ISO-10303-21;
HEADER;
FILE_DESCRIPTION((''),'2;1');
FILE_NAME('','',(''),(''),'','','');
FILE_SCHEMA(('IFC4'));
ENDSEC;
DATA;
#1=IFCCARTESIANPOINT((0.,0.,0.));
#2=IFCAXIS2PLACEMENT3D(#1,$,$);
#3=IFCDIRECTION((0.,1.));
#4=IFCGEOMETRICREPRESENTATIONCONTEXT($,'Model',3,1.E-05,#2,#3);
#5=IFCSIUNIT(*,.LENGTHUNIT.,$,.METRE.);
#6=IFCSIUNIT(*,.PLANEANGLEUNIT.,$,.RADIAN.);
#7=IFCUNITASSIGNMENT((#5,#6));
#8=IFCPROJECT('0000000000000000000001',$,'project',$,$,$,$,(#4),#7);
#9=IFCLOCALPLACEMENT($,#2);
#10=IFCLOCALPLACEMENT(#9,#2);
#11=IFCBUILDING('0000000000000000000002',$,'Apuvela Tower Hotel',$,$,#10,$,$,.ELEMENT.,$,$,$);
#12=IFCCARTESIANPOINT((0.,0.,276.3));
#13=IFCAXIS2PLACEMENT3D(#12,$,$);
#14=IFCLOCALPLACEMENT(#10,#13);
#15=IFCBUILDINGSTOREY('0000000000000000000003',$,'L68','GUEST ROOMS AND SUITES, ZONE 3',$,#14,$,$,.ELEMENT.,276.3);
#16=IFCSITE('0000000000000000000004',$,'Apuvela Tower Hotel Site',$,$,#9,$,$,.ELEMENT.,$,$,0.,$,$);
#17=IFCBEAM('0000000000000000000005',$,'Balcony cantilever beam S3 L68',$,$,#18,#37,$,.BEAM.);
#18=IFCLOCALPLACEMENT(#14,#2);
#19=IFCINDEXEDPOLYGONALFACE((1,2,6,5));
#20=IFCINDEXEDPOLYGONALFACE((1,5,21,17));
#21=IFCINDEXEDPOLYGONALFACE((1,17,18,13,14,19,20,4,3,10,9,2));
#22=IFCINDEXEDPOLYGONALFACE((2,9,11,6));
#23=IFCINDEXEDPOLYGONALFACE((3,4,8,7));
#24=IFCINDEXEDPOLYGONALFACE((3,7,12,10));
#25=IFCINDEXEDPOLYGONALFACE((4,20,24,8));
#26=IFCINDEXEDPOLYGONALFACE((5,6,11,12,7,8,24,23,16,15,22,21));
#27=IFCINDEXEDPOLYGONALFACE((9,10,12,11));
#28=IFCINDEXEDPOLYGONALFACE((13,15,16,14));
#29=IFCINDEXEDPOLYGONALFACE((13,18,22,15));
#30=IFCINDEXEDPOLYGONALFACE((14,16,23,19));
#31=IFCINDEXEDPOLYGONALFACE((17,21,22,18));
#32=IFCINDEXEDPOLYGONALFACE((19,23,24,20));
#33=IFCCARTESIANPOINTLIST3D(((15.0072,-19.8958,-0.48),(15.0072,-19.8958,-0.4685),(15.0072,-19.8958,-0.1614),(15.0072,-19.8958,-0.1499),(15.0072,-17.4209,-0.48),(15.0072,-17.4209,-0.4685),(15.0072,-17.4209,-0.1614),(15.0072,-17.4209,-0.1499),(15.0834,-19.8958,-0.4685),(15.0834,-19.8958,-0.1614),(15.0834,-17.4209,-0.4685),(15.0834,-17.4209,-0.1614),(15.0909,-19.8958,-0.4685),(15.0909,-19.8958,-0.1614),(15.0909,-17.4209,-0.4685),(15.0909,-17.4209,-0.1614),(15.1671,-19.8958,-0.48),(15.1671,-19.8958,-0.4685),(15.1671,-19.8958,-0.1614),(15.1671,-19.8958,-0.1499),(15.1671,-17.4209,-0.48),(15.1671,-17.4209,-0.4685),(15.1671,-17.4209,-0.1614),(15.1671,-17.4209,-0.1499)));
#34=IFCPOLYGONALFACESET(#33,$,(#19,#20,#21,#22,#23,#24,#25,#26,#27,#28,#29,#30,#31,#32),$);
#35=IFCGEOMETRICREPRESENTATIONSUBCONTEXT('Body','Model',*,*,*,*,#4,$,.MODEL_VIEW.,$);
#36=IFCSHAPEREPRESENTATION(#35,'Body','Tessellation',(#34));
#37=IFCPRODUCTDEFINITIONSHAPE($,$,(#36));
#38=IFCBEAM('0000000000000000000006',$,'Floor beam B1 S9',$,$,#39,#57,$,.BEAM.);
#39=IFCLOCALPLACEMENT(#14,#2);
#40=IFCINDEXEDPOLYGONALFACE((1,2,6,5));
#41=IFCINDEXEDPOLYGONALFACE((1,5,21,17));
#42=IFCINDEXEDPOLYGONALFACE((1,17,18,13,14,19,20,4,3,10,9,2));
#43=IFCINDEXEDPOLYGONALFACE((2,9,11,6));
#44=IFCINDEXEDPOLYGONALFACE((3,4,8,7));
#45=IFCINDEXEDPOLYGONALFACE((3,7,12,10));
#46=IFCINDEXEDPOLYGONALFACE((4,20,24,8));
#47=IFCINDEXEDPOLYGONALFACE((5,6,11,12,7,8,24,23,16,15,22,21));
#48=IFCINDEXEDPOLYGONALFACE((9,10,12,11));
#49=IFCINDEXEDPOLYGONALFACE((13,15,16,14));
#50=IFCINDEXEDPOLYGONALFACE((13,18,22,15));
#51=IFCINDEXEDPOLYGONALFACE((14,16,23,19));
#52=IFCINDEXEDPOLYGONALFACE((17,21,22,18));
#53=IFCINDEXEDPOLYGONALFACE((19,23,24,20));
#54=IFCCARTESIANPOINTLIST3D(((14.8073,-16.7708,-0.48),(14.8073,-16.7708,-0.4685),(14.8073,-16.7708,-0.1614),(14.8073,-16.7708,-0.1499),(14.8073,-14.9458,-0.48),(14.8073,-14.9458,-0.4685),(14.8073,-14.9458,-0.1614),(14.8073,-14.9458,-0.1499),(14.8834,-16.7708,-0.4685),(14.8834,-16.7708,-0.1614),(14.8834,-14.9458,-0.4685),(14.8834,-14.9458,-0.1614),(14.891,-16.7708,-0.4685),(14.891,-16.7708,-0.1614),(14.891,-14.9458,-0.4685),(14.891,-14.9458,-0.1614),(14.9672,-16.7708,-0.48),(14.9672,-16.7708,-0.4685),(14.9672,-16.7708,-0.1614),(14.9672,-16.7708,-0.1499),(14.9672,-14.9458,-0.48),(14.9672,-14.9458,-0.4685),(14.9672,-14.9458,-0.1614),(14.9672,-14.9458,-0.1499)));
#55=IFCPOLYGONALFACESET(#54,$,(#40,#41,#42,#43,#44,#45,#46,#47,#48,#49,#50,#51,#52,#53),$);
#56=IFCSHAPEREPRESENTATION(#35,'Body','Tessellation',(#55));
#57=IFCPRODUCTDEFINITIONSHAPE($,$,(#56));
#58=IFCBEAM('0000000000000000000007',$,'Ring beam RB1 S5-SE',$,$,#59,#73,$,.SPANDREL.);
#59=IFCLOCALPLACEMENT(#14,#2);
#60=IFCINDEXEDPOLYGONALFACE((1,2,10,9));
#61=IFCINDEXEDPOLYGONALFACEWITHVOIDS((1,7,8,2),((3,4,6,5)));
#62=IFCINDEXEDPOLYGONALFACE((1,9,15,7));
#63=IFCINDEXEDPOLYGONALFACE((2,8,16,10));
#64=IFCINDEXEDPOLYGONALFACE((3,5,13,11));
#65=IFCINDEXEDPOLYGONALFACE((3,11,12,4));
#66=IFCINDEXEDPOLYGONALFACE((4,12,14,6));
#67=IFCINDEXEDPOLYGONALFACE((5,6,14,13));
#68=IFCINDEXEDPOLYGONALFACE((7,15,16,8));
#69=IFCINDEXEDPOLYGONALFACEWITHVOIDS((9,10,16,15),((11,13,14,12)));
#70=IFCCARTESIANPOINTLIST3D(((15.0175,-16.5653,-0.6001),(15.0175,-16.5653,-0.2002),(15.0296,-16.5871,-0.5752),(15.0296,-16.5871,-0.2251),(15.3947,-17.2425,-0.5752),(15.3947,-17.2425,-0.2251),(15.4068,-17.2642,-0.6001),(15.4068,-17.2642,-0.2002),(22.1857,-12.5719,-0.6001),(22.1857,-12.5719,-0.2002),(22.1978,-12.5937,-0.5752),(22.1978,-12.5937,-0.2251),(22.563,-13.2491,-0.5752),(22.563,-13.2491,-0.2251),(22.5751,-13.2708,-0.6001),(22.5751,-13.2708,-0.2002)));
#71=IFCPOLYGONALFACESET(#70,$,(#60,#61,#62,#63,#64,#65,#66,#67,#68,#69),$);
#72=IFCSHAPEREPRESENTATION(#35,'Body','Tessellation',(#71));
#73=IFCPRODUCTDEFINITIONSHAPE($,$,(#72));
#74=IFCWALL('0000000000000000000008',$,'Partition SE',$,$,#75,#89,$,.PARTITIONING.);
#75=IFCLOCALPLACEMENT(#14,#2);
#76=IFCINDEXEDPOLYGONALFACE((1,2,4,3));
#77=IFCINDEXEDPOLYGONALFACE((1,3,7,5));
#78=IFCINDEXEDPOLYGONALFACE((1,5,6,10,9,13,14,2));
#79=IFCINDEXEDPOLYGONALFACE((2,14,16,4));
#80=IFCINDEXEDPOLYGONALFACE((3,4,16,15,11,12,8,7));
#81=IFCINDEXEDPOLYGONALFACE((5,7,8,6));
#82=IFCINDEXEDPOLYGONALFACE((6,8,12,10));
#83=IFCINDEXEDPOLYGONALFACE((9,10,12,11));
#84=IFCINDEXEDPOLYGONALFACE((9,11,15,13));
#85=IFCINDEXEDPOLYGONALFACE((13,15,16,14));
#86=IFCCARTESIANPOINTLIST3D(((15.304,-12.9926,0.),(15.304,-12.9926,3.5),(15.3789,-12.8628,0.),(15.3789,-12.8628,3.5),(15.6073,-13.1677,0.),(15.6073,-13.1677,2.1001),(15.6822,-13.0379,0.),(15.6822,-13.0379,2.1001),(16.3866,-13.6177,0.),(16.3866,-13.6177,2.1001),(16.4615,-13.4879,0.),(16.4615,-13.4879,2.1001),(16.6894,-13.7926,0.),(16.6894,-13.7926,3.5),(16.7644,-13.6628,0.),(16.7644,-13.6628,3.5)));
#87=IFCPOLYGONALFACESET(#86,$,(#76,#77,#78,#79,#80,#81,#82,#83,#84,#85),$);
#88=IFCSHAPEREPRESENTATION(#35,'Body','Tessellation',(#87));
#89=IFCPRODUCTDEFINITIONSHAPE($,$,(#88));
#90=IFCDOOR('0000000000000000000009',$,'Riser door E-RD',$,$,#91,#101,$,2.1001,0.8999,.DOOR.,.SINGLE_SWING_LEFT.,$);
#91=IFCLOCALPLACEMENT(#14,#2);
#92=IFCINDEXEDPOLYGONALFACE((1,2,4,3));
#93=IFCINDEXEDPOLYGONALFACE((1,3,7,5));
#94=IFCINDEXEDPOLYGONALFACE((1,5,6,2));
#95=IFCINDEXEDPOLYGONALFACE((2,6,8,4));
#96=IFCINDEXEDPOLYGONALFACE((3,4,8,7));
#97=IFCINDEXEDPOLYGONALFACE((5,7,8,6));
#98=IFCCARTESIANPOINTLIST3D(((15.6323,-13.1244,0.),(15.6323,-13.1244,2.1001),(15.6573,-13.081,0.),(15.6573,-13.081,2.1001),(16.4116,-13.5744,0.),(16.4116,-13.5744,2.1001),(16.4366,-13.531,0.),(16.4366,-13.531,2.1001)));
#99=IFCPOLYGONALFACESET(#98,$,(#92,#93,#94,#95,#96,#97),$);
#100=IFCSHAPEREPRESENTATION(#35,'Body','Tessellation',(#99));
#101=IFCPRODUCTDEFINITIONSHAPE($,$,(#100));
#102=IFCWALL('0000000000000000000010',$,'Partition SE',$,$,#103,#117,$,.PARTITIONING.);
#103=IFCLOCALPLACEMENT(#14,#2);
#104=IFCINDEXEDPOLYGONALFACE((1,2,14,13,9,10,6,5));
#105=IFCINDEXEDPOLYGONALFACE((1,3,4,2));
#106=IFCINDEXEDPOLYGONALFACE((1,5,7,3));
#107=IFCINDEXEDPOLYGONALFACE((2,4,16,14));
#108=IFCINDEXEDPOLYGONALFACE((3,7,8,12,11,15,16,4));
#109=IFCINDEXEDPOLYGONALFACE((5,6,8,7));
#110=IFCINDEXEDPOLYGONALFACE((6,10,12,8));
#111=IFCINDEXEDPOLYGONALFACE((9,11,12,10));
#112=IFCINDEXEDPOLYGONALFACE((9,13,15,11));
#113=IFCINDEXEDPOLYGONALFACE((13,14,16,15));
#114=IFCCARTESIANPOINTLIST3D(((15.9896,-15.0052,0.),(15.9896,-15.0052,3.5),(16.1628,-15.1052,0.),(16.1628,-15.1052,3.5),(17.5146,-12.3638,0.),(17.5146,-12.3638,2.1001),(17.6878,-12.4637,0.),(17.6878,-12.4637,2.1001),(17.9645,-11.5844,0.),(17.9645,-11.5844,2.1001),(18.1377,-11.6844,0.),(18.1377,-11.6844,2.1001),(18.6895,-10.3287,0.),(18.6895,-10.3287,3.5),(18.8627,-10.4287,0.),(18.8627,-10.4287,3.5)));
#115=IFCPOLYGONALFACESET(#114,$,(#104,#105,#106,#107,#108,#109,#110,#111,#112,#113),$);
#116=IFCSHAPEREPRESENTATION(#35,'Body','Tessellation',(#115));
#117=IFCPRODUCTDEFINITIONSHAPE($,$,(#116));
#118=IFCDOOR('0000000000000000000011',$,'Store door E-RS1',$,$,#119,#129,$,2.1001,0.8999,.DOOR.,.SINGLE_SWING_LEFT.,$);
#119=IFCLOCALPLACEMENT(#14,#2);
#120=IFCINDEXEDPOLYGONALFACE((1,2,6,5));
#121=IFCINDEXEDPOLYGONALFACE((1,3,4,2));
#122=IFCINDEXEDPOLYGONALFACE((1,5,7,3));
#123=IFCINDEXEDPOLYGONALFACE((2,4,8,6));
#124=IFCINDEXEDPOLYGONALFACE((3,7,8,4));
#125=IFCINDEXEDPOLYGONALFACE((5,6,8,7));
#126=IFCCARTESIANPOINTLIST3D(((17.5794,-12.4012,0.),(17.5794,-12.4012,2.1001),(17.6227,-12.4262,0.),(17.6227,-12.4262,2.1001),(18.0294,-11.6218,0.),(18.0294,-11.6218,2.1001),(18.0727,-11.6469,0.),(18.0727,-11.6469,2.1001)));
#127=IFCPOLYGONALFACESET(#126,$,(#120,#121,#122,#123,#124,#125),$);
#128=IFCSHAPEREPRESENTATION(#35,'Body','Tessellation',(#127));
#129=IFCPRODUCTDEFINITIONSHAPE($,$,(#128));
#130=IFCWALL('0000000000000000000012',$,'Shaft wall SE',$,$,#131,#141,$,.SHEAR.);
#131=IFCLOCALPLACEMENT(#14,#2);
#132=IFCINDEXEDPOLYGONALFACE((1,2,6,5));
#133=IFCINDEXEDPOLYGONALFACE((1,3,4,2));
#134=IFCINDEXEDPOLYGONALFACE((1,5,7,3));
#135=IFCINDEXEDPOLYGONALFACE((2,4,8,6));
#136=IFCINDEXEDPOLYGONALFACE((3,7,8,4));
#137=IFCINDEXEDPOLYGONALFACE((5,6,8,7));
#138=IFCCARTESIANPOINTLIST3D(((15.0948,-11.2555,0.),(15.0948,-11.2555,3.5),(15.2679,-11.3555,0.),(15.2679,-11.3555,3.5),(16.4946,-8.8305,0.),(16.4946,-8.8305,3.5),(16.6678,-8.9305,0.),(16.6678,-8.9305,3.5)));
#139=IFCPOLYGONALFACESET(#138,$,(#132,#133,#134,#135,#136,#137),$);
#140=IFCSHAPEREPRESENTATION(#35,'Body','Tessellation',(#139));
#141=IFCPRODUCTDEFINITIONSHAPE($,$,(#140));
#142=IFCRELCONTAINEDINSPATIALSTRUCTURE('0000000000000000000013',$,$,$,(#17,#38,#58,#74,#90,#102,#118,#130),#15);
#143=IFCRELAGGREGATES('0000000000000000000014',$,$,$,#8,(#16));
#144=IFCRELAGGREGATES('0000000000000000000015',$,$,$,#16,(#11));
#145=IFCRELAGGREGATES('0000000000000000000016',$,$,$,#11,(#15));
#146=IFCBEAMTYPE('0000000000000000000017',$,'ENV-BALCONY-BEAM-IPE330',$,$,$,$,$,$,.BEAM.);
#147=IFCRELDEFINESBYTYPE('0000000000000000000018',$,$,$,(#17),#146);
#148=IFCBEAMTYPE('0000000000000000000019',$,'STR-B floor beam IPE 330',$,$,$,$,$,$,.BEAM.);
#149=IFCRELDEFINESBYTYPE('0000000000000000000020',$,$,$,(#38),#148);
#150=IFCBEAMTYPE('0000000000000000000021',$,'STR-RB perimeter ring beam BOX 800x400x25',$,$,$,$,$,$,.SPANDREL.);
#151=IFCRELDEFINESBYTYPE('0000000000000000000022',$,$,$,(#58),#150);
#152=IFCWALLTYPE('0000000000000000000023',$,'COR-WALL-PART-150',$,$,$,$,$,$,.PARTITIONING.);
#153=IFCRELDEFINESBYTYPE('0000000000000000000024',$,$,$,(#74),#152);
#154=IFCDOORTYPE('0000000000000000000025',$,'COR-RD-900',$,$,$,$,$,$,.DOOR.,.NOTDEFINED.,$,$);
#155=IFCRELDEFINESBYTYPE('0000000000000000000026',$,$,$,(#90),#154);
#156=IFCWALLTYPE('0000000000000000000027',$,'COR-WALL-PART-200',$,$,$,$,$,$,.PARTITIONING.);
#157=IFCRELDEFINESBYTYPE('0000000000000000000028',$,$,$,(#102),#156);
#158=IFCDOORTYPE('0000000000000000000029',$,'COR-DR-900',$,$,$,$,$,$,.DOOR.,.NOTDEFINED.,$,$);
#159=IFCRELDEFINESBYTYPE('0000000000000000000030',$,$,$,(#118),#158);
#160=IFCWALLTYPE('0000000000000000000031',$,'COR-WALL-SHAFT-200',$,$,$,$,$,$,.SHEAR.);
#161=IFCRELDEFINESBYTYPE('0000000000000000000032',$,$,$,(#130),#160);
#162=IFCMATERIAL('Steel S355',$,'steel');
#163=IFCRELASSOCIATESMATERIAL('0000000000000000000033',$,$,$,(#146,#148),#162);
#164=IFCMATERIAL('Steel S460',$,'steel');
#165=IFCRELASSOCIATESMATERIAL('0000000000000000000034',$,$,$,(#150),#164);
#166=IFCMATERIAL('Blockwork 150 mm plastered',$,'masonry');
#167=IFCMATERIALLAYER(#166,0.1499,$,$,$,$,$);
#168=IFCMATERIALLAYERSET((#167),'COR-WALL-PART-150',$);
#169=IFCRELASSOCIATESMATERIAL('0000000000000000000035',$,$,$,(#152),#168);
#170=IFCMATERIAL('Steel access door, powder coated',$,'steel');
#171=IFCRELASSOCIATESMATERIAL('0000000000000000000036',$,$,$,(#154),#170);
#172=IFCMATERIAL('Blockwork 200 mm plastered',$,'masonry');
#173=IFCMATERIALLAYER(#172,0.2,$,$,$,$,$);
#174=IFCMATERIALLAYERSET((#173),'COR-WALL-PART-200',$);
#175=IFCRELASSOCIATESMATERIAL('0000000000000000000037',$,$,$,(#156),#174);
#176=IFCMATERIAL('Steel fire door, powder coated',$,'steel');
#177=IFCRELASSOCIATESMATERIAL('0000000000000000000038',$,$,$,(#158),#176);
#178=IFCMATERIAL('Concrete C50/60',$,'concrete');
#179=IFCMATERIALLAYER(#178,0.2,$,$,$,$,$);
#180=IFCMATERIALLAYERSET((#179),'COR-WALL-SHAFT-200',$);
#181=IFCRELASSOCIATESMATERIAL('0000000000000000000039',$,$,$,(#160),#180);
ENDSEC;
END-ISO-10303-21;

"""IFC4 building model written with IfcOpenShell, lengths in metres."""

from ifc_helpers import new_model, si_unit, direction, frame, frame_2d, origin, origin_2d, place, context, subcontext, project, spatial, rectangle, hollow_rectangle, i_section, extrude, material, layer, layer_set, material_profile, profile_set, type_object, element, fill, save


model = new_model("IFC4")

# Units and contexts
model_context = context("Model", 3, precision=1e-05, world=origin(), true_north=direction((0.0, 1.0)))
body_context = subcontext(model_context, "Body", "Model", "MODEL_VIEW")
ifc_project = project(units=[si_unit("LENGTHUNIT", "METRE"), si_unit("PLANEANGLEUNIT", "RADIAN")], contexts=[model_context])

# Site, building, storey
site_placement = place(None, origin())
site = spatial("IfcSite", under=ifc_project, at=site_placement, Name="Apuvela Tower Hotel Site", CompositionType="ELEMENT", RefElevation=0.0)
building_placement = place(site_placement, origin())
building = spatial("IfcBuilding", under=site, at=building_placement, Name="Apuvela Tower Hotel", CompositionType="ELEMENT")
storey_placement = place(building_placement, frame((0.0, 0.0, 276.3)))
storey = spatial("IfcBuildingStorey", under=building, at=storey_placement, Name="L68", Description="GUEST ROOMS AND SUITES, ZONE 3", CompositionType="ELEMENT", Elevation=276.3)

# Shared definitions
ifc_material_1 = material(Name="Steel S460", Category="steel")

# Beams
ifc_material_2 = material(Name="Steel S355", Category="steel")
ifc_material_profile_1 = material_profile(ifc_material_2, i_section(OverallWidth=0.1599, OverallDepth=0.3301, WebThickness=0.0076, FlangeThickness=0.0115, at=origin_2d()), Name="IPE 330")
ifc_profile_set_1 = profile_set([ifc_material_profile_1], Name="Steel S355")
beam_type_1 = type_object("IfcBeamType", Name="ENV-BALCONY-BEAM-IPE330", PredefinedType="BEAM", material=ifc_profile_set_1)
beam_1_placement = place(storey_placement, frame((15.0872, -17.4209, -0.3149), z_axis=(0.0, -1.0, 0.0), x_axis=(1.0, 0.0, 0.0)))
element("IfcBeam", 1, at=beam_1_placement, inside=storey, type_object=beam_type_1, Name="Balcony cantilever beam S3 L68", PredefinedType="BEAM", context=body_context, shape_type="SweptSolid", body=[
    extrude(i_section(OverallWidth=0.1599, OverallDepth=0.3301, WebThickness=0.0076, FlangeThickness=0.0115, at=origin_2d()), origin(), (0.0, 0.0, 1.0), 2.4749),
])
ifc_material_profile_2 = material_profile(ifc_material_2, i_section(OverallWidth=0.1599, OverallDepth=0.3301, WebThickness=0.0076, FlangeThickness=0.0115, at=origin_2d()), Name="IPE 330")
ifc_profile_set_2 = profile_set([ifc_material_profile_2], Name="Steel S355")
beam_type_2 = type_object("IfcBeamType", Name="STR-B floor beam IPE 330", PredefinedType="BEAM", material=ifc_profile_set_2)
beam_2_placement = place(storey_placement, frame((14.8872, -16.7708, -0.3149), z_axis=(0.0, 1.0, 0.0), x_axis=(-1.0, 0.0, 0.0)))
element("IfcBeam", 2, at=beam_2_placement, inside=storey, type_object=beam_type_2, Name="Floor beam B1 S9", PredefinedType="BEAM", context=body_context, shape_type="SweptSolid", body=[
    extrude(i_section(OverallWidth=0.1599, OverallDepth=0.3301, WebThickness=0.0076, FlangeThickness=0.0115, at=origin_2d()), origin(), (0.0, 0.0, 1.0), 1.825),
])
ifc_material_profile_3 = material_profile(ifc_material_1, hollow_rectangle(XDim=0.8, YDim=0.3999, WallThickness=0.0249, at=origin_2d()), Name="BOX 800x400x25")
ifc_profile_set_3 = profile_set([ifc_material_profile_3], Name="Steel S460")
beam_type_3 = type_object("IfcBeamType", Name="STR-RB perimeter ring beam BOX 800x400x25", PredefinedType="SPANDREL", material=ifc_profile_set_3)
beam_3_placement = place(storey_placement, frame((15.2122, -16.9148, -0.4001), z_axis=(0.873584, 0.486673, 0.0), x_axis=(-0.486673, 0.873584, 0.0)))
element("IfcBeam", 3, at=beam_3_placement, inside=storey, type_object=beam_type_3, Name="Ring beam RB1 S5-SE", PredefinedType="SPANDREL", context=body_context, shape_type="SweptSolid", body=[
    extrude(hollow_rectangle(XDim=0.8, YDim=0.3999, WallThickness=0.0249, at=origin_2d()), origin(), (0.0, 0.0, 1.0), 8.2056),
])

# Walls, openings, doors
ifc_material_3 = material(Name="Blockwork 150 mm plastered", Category="masonry")
ifc_layer_1 = layer(ifc_material_3, 0.1499)
ifc_layer_set_1 = layer_set([ifc_layer_1], Name="COR-WALL-PART-150")
wall_type_1 = type_object("IfcWallType", Name="COR-WALL-PART-150", PredefinedType="PARTITIONING", material=ifc_layer_set_1)
wall_1_placement = place(storey_placement, frame((15.3416, -12.9277, 0.0), z_axis=(0.0, 0.0, 1.0), x_axis=(0.86599, -0.500061, 0.0)))
wall_1 = element("IfcWall", 4, at=wall_1_placement, inside=storey, type_object=wall_type_1, Name="Partition SE", PredefinedType="PARTITIONING", context=body_context, shape_type="SweptSolid", body=[
    extrude(rectangle(XDim=1.5999, YDim=0.1499, at=frame_2d((0.7998, 0.0))), origin(), (0.0, 0.0, 1.0), 3.5),
])
opening_1_placement = place(wall_1_placement, frame((0.3501, 0.0, 0.0)))
opening_1 = element("IfcOpeningElement", 5, at=opening_1_placement, cuts=wall_1, PredefinedType="OPENING", context=body_context, shape_type="SweptSolid", body=[
    extrude(rectangle(XDim=0.8999, YDim=2.1001, at=frame_2d((0.45, 1.05))), frame((0.0, 0.085, 0.0), z_axis=(0.0, -1.0, 0.0), x_axis=(1.0, 0.0, 0.0)), (0.0, 0.0, 1.0), 0.1699),
])
ifc_material_4 = material(Name="Steel access door, powder coated", Category="steel")
door_type_1 = type_object("IfcDoorType", Name="COR-RD-900", OperationType="NOTDEFINED", PredefinedType="DOOR", material=ifc_material_4)
door_1_placement = place(opening_1_placement, frame((0.8999, 0.0, 0.0), z_axis=(0.0, 0.0, 1.0), x_axis=(-1.0, 0.0, 0.0)))
door_1 = element("IfcDoor", 6, at=door_1_placement, inside=storey, type_object=door_type_1, Name="Riser door E-RD", OperationType="SINGLE_SWING_LEFT", OverallHeight=2.1001, OverallWidth=0.8999, PredefinedType="DOOR", context=body_context, shape_type="SweptSolid", body=[
    extrude(rectangle(XDim=0.8999, YDim=2.1001, at=frame_2d((0.45, 1.05))), frame((0.0, 0.0249, 0.0), z_axis=(0.0, -1.0, 0.0), x_axis=(1.0, 0.0, 0.0)), (0.0, 0.0, 1.0), 0.05),
])
fill(opening_1, door_1)
ifc_material_5 = material(Name="Blockwork 200 mm plastered", Category="masonry")
ifc_layer_2 = layer(ifc_material_5, 0.2)
ifc_layer_set_2 = layer_set([ifc_layer_2], Name="COR-WALL-PART-200")
wall_type_2 = type_object("IfcWallType", Name="COR-WALL-PART-200", PredefinedType="PARTITIONING", material=ifc_layer_set_2)
wall_2_placement = place(storey_placement, frame((16.0762, -15.0552, 0.0), z_axis=(0.0, 0.0, 1.0), x_axis=(0.499995, 0.866028, 0.0)))
wall_2 = element("IfcWall", 7, at=wall_2_placement, inside=storey, type_object=wall_type_2, Name="Partition SE", PredefinedType="PARTITIONING", context=body_context, shape_type="SweptSolid", body=[
    extrude(rectangle(XDim=5.3999, YDim=0.2, at=frame_2d((2.7, 0.0))), origin(), (0.0, 0.0, 1.0), 3.5),
])
opening_2_placement = place(wall_2_placement, frame((3.05, 0.0, 0.0)))
opening_2 = element("IfcOpeningElement", 8, at=opening_2_placement, cuts=wall_2, PredefinedType="OPENING", context=body_context, shape_type="SweptSolid", body=[
    extrude(rectangle(XDim=0.8999, YDim=2.1001, at=frame_2d((0.45, 1.05))), frame((0.0, 0.1099, 0.0), z_axis=(0.0, -1.0, 0.0), x_axis=(1.0, 0.0, 0.0)), (0.0, 0.0, 1.0), 0.22),
])
ifc_material_6 = material(Name="Steel fire door, powder coated", Category="steel")
door_type_2 = type_object("IfcDoorType", Name="COR-DR-900", OperationType="NOTDEFINED", PredefinedType="DOOR", material=ifc_material_6)
door_2_placement = place(opening_2_placement, frame((0.8999, 0.0, 0.0), z_axis=(0.0, 0.0, 1.0), x_axis=(-1.0, 0.0, 0.0)))
door_2 = element("IfcDoor", 9, at=door_2_placement, inside=storey, type_object=door_type_2, Name="Store door E-RS1", OperationType="SINGLE_SWING_LEFT", OverallHeight=2.1001, OverallWidth=0.8999, PredefinedType="DOOR", context=body_context, shape_type="SweptSolid", body=[
    extrude(rectangle(XDim=0.8999, YDim=2.1001, at=frame_2d((0.45, 1.05))), frame((0.0, 0.0249, 0.0), z_axis=(0.0, -1.0, 0.0), x_axis=(1.0, 0.0, 0.0)), (0.0, 0.0, 1.0), 0.05),
])
fill(opening_2, door_2)

# Wall
ifc_material_7 = material(Name="Concrete C50/60", Category="concrete")
ifc_layer_3 = layer(ifc_material_7, 0.2)
ifc_layer_set_3 = layer_set([ifc_layer_3], Name="COR-WALL-SHAFT-200")
wall_type_3 = type_object("IfcWallType", Name="COR-WALL-SHAFT-200", PredefinedType="SHEAR", material=ifc_layer_set_3)
wall_3_placement = place(storey_placement, frame((15.1814, -11.3054, 0.0), z_axis=(0.0, 0.0, 1.0), x_axis=(0.499946, 0.866056, 0.0)))
element("IfcWall", 10, at=wall_3_placement, inside=storey, type_object=wall_type_3, Name="Shaft wall SE", PredefinedType="SHEAR", context=body_context, shape_type="SweptSolid", body=[
    extrude(rectangle(XDim=2.8, YDim=0.2, at=frame_2d((1.3999, 0.0))), origin(), (0.0, 0.0, 1.0), 3.5),
])

save(model, "model.ifc")
